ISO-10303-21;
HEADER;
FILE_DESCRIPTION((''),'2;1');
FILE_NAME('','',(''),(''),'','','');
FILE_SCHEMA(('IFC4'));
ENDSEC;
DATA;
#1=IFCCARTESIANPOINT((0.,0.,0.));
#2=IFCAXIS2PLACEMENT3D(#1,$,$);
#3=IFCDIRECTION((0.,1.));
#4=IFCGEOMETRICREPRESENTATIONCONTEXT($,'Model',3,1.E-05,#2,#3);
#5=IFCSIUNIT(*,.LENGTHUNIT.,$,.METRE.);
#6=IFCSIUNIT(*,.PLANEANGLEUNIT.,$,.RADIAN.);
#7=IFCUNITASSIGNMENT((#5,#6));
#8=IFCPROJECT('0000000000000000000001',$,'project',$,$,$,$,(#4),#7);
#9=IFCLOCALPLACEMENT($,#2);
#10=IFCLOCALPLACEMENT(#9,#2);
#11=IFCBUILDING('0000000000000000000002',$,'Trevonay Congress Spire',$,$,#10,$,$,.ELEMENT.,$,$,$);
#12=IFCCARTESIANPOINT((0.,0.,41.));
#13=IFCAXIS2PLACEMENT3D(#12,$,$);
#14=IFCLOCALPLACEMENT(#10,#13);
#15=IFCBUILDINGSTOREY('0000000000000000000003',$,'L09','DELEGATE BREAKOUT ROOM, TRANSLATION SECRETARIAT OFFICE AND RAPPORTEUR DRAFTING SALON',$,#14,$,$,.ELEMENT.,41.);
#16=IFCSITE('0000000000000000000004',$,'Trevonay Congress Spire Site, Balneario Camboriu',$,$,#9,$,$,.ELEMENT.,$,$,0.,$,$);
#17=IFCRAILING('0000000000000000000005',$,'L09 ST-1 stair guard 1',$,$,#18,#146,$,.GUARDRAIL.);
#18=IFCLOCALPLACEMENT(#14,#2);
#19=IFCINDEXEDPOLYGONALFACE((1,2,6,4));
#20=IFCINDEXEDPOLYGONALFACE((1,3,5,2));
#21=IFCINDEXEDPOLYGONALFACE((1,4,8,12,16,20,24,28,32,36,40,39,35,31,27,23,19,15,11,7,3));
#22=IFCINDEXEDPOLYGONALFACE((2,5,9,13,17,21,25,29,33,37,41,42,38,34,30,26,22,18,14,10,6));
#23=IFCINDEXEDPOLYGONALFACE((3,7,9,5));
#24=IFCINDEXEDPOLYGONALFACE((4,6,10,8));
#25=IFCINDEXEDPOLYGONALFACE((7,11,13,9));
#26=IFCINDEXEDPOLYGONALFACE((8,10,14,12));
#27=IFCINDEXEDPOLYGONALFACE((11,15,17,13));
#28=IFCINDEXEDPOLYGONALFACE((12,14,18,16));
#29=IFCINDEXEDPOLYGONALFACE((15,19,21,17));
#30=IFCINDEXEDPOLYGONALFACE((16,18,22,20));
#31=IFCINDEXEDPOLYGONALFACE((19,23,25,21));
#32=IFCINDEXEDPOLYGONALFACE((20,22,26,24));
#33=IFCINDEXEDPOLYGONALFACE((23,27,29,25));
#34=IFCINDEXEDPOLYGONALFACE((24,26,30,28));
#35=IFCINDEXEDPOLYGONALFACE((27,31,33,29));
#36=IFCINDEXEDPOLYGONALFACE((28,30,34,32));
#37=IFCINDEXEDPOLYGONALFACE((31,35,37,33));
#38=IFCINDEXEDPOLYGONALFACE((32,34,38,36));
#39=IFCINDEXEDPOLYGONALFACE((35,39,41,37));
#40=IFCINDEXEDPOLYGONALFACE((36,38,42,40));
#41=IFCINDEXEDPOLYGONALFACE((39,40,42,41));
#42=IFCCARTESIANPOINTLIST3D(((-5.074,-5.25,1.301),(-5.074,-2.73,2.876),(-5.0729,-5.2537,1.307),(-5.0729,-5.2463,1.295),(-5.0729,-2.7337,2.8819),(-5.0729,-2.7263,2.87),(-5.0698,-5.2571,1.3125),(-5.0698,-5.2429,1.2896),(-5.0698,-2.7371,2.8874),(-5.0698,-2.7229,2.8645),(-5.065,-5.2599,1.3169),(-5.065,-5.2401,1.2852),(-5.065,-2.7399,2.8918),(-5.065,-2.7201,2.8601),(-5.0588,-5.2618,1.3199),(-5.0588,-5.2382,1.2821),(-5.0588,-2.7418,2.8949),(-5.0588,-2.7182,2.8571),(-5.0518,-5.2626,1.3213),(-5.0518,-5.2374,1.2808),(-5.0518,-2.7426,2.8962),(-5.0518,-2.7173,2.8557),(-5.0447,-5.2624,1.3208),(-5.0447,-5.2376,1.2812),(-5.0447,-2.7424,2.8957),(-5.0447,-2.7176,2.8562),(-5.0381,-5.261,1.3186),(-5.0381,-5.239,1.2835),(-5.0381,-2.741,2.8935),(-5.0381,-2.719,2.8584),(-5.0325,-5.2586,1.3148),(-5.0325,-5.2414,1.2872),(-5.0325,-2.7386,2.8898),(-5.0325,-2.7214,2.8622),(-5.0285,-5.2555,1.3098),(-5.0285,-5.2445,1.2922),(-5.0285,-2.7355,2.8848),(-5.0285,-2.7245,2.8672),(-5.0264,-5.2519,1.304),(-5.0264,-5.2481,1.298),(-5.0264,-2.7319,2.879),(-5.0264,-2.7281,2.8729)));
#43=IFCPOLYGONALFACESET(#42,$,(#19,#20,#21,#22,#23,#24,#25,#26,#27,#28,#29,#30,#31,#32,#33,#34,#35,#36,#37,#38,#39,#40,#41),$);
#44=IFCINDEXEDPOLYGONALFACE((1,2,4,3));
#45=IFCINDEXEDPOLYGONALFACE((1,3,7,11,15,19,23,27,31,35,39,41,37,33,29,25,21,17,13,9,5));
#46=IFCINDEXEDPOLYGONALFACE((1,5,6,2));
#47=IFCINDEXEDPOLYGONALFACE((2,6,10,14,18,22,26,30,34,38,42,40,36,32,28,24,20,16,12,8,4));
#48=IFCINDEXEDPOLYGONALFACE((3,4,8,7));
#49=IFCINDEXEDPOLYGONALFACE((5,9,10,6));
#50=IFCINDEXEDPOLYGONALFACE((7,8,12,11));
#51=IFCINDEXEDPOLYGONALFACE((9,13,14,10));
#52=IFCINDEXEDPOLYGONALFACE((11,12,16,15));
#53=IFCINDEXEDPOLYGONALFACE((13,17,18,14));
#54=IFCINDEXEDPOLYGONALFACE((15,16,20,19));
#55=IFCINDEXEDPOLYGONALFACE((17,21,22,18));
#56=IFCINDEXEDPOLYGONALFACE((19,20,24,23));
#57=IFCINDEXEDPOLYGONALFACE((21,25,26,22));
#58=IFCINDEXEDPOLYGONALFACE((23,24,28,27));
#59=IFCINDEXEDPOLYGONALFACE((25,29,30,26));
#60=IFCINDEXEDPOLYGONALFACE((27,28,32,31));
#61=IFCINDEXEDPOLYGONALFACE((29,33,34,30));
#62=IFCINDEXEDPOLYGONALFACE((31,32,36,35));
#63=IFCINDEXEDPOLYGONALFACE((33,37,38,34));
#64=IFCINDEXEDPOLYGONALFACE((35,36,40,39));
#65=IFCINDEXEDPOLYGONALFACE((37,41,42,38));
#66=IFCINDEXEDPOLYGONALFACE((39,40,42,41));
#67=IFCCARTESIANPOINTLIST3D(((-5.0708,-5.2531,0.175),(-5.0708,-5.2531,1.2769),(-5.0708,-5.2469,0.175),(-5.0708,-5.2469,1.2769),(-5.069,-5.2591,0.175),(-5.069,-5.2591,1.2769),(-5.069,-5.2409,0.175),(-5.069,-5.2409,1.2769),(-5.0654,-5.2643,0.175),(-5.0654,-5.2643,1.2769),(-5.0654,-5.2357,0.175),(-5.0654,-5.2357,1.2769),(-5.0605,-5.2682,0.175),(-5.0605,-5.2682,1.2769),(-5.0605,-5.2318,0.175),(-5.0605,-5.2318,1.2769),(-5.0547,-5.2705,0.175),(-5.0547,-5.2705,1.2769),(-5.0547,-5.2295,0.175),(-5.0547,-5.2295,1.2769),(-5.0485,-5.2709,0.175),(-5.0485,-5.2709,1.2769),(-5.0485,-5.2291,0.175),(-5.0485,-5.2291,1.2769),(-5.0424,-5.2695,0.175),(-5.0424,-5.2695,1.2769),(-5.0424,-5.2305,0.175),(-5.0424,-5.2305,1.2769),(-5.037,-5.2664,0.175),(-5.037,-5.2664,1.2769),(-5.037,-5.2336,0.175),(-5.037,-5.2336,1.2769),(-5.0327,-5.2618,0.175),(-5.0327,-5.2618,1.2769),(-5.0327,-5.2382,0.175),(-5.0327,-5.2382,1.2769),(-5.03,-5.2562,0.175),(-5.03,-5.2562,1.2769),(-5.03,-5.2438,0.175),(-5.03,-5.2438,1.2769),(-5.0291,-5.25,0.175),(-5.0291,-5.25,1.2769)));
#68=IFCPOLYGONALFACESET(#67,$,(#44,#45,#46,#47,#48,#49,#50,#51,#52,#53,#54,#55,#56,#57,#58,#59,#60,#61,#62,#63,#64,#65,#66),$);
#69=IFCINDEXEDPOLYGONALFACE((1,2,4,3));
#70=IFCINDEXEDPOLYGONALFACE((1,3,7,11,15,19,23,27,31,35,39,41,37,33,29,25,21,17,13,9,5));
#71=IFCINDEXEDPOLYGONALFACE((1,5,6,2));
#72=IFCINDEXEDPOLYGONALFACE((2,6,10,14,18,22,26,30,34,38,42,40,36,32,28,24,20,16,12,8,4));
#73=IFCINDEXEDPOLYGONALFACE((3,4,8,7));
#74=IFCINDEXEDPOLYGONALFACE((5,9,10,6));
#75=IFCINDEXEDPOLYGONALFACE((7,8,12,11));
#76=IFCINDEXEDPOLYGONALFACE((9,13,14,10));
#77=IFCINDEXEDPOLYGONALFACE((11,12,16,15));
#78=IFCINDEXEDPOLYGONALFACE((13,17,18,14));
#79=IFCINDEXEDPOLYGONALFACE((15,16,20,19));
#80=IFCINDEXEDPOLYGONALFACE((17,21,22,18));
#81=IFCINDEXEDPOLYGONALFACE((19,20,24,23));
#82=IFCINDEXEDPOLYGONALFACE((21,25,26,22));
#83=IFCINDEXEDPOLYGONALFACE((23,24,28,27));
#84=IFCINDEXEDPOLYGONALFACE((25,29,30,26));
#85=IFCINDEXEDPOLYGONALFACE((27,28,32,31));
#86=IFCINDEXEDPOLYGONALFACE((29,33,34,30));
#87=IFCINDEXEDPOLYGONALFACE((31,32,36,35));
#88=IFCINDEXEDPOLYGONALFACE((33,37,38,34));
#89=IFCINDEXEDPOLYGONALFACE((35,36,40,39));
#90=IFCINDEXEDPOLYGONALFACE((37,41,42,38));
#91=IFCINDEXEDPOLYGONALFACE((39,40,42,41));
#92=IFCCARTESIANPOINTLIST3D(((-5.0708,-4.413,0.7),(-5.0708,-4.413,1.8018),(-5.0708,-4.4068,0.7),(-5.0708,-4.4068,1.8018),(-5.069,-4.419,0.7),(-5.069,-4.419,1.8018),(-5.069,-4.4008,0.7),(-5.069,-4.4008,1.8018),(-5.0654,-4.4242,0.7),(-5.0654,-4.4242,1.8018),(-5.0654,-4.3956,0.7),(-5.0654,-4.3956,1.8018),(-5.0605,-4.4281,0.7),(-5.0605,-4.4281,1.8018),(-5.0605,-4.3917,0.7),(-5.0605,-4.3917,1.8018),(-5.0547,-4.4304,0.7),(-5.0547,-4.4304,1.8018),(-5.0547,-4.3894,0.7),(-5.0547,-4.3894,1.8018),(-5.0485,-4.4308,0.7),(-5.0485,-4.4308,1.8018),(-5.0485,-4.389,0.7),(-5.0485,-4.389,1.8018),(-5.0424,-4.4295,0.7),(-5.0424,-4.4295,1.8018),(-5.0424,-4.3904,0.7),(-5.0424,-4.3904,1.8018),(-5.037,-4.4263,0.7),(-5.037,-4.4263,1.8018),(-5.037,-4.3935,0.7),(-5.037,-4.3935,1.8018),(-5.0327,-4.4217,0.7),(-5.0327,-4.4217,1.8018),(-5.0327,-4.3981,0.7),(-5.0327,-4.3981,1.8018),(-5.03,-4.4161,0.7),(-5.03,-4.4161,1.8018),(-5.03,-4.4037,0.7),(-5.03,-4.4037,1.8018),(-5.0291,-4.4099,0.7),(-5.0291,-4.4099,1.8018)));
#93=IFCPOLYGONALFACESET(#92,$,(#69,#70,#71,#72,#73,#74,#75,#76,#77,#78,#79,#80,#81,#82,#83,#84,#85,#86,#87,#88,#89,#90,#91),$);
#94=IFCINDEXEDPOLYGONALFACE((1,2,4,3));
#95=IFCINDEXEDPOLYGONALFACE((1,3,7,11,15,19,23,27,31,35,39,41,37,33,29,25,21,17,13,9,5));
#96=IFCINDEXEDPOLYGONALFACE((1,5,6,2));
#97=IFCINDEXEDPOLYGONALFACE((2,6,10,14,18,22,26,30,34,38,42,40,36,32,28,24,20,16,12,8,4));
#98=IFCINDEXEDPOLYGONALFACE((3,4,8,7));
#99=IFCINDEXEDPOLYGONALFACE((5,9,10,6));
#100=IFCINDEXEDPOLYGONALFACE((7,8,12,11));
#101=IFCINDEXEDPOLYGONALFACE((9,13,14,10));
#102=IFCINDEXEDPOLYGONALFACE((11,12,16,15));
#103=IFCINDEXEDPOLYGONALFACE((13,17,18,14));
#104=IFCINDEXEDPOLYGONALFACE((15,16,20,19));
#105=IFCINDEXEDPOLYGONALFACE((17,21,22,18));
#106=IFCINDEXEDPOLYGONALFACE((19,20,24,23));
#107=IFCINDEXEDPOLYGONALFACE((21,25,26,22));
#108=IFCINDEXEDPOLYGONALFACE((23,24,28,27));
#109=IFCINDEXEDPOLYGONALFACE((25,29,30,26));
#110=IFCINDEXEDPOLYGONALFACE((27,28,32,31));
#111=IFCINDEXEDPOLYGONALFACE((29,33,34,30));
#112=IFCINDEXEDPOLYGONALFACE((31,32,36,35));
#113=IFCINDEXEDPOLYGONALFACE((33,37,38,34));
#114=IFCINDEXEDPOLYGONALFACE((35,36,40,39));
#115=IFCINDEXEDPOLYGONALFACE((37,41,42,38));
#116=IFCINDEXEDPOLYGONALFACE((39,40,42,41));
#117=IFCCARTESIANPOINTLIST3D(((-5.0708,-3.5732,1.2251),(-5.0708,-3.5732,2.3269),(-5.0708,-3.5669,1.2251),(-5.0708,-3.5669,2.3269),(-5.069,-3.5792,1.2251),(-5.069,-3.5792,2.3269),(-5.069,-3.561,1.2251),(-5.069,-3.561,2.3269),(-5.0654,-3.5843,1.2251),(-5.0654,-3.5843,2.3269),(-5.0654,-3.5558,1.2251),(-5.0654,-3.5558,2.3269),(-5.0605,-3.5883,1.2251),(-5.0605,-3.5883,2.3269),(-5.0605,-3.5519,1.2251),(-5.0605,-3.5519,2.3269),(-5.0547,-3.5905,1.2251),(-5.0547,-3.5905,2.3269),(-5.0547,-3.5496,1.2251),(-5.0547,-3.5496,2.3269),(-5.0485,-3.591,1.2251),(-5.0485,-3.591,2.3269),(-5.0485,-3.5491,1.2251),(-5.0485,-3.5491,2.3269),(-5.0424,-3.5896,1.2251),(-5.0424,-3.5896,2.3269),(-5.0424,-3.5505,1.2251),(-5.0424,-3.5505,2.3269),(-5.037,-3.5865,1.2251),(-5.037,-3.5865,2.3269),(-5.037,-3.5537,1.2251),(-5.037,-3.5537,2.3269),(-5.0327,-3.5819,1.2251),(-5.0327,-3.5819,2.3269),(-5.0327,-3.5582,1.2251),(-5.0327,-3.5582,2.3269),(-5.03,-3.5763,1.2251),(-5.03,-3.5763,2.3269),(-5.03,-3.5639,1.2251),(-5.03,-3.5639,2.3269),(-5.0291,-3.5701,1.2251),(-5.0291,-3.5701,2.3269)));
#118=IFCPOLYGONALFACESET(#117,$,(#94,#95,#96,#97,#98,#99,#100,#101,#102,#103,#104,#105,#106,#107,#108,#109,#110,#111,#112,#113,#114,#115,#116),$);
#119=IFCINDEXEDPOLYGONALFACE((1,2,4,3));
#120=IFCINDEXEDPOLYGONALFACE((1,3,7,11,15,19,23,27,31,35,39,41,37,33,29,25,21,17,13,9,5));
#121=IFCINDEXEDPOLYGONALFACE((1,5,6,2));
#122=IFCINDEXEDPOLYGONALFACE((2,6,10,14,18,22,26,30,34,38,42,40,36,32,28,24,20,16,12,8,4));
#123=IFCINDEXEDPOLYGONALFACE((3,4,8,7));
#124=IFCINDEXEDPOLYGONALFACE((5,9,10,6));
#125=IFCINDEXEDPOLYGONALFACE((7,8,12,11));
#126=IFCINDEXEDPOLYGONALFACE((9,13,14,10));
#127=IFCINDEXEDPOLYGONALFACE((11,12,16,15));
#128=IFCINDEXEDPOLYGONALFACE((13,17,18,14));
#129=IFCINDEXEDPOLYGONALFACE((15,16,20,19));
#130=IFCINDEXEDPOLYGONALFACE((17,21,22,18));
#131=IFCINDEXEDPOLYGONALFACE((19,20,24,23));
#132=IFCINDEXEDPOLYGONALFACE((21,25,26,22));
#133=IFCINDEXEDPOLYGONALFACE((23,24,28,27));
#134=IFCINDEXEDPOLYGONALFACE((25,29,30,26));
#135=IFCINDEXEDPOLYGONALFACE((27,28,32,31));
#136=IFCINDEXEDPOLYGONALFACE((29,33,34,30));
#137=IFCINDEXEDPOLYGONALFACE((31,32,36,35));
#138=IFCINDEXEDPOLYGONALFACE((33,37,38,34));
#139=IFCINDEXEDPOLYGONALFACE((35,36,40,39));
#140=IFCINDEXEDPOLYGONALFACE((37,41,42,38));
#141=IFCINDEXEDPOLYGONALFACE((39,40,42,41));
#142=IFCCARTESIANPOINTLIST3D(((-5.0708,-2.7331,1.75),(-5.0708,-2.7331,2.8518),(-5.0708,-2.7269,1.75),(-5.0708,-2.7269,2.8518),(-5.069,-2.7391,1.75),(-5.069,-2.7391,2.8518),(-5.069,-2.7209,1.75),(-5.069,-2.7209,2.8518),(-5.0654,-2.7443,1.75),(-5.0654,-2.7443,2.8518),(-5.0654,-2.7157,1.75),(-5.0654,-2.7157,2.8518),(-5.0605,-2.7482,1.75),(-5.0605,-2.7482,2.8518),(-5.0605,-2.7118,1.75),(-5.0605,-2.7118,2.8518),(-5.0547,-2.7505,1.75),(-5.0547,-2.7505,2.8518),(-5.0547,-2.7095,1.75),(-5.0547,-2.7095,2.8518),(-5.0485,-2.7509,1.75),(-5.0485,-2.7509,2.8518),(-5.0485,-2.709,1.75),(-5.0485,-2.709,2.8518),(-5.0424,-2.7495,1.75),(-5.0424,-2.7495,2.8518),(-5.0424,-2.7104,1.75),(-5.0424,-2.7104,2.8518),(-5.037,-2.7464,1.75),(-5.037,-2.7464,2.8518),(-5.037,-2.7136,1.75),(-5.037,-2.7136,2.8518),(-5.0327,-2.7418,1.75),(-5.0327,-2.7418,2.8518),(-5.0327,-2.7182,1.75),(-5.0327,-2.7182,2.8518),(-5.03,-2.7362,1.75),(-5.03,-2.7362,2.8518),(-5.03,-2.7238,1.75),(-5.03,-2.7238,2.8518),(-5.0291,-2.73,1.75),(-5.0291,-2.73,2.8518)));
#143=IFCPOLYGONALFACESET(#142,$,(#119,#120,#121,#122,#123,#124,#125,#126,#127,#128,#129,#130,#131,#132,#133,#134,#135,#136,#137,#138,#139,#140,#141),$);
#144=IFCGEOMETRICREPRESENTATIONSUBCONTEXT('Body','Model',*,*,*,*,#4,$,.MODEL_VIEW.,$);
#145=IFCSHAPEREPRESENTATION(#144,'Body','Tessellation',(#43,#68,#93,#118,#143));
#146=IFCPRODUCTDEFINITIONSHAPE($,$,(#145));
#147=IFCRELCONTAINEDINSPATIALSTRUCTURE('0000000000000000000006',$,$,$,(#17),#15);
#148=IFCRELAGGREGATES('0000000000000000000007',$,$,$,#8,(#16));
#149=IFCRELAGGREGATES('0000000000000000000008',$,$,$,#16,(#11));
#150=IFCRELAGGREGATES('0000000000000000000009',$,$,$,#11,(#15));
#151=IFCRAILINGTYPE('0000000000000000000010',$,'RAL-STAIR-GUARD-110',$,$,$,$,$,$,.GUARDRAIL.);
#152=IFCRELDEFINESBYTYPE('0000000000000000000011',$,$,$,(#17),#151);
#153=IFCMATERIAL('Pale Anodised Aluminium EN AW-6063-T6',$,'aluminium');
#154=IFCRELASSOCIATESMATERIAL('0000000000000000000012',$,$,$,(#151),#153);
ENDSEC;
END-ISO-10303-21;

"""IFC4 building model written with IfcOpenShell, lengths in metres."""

from ifc_helpers import new_model, si_unit, direction, frame, origin, origin_2d, place, context, subcontext, project, spatial, circle, extrude, material, type_object, element, save


model = new_model("IFC4")

# Units and contexts
model_context = context("Model", 3, precision=1e-05, world=origin(), true_north=direction((0.0, 1.0)))
body_context = subcontext(model_context, "Body", "Model", "MODEL_VIEW")
ifc_project = project(units=[si_unit("LENGTHUNIT", "METRE"), si_unit("PLANEANGLEUNIT", "RADIAN")], contexts=[model_context])

# Site, building, storey
site_placement = place(None, origin())
site = spatial("IfcSite", under=ifc_project, at=site_placement, Name="Trevonay Congress Spire Site, Balneario Camboriu", CompositionType="ELEMENT", RefElevation=0.0)
building_placement = place(site_placement, origin())
building = spatial("IfcBuilding", under=site, at=building_placement, Name="Trevonay Congress Spire", CompositionType="ELEMENT")
storey_placement = place(building_placement, frame((0.0, 0.0, 41.0)))
storey = spatial("IfcBuildingStorey", under=building, at=storey_placement, Name="L09", Description="DELEGATE BREAKOUT ROOM, TRANSLATION SECRETARIAT OFFICE AND RAPPORTEUR DRAFTING SALON", CompositionType="ELEMENT", Elevation=41.0)

# Shared definitions
ifc_material_1 = material(Name="Pale Anodised Aluminium EN AW-6063-T6", Category="aluminium")

# Railing
railing_type_1 = type_object("IfcRailingType", Name="RAL-STAIR-GUARD-110", PredefinedType="GUARDRAIL", material=ifc_material_1)
railing_1_placement = place(storey_placement, frame((-5.05, -5.25, 0.175)))
element("IfcRailing", 1, at=railing_1_placement, inside=storey, type_object=railing_type_1, Name="L09 ST-1 stair guard 1", PredefinedType="GUARDRAIL", context=body_context, shape_type="SweptSolid", body=[
    extrude(circle(Radius=0.0239, at=origin_2d()), frame((0.0, 0.0, 1.126), z_axis=(0.0, 0.848008, 0.529984), x_axis=(-1.0, 0.0, 0.0)), (0.0, 0.0, 1.0), 2.9717),
    extrude(circle(Radius=0.021, at=origin_2d()), origin(), (0.0, 0.0, 1.0), 1.1018),
    extrude(circle(Radius=0.021, at=origin_2d()), frame((0.0, 0.8401, 0.5249)), (0.0, 0.0, 1.0), 1.1018),
    extrude(circle(Radius=0.021, at=origin_2d()), frame((0.0, 1.6799, 1.05)), (0.0, 0.0, 1.0), 1.1018),
    extrude(circle(Radius=0.021, at=origin_2d()), frame((0.0, 2.52, 1.575)), (0.0, 0.0, 1.0), 1.1018),
])

save(model, "model.ifc")
